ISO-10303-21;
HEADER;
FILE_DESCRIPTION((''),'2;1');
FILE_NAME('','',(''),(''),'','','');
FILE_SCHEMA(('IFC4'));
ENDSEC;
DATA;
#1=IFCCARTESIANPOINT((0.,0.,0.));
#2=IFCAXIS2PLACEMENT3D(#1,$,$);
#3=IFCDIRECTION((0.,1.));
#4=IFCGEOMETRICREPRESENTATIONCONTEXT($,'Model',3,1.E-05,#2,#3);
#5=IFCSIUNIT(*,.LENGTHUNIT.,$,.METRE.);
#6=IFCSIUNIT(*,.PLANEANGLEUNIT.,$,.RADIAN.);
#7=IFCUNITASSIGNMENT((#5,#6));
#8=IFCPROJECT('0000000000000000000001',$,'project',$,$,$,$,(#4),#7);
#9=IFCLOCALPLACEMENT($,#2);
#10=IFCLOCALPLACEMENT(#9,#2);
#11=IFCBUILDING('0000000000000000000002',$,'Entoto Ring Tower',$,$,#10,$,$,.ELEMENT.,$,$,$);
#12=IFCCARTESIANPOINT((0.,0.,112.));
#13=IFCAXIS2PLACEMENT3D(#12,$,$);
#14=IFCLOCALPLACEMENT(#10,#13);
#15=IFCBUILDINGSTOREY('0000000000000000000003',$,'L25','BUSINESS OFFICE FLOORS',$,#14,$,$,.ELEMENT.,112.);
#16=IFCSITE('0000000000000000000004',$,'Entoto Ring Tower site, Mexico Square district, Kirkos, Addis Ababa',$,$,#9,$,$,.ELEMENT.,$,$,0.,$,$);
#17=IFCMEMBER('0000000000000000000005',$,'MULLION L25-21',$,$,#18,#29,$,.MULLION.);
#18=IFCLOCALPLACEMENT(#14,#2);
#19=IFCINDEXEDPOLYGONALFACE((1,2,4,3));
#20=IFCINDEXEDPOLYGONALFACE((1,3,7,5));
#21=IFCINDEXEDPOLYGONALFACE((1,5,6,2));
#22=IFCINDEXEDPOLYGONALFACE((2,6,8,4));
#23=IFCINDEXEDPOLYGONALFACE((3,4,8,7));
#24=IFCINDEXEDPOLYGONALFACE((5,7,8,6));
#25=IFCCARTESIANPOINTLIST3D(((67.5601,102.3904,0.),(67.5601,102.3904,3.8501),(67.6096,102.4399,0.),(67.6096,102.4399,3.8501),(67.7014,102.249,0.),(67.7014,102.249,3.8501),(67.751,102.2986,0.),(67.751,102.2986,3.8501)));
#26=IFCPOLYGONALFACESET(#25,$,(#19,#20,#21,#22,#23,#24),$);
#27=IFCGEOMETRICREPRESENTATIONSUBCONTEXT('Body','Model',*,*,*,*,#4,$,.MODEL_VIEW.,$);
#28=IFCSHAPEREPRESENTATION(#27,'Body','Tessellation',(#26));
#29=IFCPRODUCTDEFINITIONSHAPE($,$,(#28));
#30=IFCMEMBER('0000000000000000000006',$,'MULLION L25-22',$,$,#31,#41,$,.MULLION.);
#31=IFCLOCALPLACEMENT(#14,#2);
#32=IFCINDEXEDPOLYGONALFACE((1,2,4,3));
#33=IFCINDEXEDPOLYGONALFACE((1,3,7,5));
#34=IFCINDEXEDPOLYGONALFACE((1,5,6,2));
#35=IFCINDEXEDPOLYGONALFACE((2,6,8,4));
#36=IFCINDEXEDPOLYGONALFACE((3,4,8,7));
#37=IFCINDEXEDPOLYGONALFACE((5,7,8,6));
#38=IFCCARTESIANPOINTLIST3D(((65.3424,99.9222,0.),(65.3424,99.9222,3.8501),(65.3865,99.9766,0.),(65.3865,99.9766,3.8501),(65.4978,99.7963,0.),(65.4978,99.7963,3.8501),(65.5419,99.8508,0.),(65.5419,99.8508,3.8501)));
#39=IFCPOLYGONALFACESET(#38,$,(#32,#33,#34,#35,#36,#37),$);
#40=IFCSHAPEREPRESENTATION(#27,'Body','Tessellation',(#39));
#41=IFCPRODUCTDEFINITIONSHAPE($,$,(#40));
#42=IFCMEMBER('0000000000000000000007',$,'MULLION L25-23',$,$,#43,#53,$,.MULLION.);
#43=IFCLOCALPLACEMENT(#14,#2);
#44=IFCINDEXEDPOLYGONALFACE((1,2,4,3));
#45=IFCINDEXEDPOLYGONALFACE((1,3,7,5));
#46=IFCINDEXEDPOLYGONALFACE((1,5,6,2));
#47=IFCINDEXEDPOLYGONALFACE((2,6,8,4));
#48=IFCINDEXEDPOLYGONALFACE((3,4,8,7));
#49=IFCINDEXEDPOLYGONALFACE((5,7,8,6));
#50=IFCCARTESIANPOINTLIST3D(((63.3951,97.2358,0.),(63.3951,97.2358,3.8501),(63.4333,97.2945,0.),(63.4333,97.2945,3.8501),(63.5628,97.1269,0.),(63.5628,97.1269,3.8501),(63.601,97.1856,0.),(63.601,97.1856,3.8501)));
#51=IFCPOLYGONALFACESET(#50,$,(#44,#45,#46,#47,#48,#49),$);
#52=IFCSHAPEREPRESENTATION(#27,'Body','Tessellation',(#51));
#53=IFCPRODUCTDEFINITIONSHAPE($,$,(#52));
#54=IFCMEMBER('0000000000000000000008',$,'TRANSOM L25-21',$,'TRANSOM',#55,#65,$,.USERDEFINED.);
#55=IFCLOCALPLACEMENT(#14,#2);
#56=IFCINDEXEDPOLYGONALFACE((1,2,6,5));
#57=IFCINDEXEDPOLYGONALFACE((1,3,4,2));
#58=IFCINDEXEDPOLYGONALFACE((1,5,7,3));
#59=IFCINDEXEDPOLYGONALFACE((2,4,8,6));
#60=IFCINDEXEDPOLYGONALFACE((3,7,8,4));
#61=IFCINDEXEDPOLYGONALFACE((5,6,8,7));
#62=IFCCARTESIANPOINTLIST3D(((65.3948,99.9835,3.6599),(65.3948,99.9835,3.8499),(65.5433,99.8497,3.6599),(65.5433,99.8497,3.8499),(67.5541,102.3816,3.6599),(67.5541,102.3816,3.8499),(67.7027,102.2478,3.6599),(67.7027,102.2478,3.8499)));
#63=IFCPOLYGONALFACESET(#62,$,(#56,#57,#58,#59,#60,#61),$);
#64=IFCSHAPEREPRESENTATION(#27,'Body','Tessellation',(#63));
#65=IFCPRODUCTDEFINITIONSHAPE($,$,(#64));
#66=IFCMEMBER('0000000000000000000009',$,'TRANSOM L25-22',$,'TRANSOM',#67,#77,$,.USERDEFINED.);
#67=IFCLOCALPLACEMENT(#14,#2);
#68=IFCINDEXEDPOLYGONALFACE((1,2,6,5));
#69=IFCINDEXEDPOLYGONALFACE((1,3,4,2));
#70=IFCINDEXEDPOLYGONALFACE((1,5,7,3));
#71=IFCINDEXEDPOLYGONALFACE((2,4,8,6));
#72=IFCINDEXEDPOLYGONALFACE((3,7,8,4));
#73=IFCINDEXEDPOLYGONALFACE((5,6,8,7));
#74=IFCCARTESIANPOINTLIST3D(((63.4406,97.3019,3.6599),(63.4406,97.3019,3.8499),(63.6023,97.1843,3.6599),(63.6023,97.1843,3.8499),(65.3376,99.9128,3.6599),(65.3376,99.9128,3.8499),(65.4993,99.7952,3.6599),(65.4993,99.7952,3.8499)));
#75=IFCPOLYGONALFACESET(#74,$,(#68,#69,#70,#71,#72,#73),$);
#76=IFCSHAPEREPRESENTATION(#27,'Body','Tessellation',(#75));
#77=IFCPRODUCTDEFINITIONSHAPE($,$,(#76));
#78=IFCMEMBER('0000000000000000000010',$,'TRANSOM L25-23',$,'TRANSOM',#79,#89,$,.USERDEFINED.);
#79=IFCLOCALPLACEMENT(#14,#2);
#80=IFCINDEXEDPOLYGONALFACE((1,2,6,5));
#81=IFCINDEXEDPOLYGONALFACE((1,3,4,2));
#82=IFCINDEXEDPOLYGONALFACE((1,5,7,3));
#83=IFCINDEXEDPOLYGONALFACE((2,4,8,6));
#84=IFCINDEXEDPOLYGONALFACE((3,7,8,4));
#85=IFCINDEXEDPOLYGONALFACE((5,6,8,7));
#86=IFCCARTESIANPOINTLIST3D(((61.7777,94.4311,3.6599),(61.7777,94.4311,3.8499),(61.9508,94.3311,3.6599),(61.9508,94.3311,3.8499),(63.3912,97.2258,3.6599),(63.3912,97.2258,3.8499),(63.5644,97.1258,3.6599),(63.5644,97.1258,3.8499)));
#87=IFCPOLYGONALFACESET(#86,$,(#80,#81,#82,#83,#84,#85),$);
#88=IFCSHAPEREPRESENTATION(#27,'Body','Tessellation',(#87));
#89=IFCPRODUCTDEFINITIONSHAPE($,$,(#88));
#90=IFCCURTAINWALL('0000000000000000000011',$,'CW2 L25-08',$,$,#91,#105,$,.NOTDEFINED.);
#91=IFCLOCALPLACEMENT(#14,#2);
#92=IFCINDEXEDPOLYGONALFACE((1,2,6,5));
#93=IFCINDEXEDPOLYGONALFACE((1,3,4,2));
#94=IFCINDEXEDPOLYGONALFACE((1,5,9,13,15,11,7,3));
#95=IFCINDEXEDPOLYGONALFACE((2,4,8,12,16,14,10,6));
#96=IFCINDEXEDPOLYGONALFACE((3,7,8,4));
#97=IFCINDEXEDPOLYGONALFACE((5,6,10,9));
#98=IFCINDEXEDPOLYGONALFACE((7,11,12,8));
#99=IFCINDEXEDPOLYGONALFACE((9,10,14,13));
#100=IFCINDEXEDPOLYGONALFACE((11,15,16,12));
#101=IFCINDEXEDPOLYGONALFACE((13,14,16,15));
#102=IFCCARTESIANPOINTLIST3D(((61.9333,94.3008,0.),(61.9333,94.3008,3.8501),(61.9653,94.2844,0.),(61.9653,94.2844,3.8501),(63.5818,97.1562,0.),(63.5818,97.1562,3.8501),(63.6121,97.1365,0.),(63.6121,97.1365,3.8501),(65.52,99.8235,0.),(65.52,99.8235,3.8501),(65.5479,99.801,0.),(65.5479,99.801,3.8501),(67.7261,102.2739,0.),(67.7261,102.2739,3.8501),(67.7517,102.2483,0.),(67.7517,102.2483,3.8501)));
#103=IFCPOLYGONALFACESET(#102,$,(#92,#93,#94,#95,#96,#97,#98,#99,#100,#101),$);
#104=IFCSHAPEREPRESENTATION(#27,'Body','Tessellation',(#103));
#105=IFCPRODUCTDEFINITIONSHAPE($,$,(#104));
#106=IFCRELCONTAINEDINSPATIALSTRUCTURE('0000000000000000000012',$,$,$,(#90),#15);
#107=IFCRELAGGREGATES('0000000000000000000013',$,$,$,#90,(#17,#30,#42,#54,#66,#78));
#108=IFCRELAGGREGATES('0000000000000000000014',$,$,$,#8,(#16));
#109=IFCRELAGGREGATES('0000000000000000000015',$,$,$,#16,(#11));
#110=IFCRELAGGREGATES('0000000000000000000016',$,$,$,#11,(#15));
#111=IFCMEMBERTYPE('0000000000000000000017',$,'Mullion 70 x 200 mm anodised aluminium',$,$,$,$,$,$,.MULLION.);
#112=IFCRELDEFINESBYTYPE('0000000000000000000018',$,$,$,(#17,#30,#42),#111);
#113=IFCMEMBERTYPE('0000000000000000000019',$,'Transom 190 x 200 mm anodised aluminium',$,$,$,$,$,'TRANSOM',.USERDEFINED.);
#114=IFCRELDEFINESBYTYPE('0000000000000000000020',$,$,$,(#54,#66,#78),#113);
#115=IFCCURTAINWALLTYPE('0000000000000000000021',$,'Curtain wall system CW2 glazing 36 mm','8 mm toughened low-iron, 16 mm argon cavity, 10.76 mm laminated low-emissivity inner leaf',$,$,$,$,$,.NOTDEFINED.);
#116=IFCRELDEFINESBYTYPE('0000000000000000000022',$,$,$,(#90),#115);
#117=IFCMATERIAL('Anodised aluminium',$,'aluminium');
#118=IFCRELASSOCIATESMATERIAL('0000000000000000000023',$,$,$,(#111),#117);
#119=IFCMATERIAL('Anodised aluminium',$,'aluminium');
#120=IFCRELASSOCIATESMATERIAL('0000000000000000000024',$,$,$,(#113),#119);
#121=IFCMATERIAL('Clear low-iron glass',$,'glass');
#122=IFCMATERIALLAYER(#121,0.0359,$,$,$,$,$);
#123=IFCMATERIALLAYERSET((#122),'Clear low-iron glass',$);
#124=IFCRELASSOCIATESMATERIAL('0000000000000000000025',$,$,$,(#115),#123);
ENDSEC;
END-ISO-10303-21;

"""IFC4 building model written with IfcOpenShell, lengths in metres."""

from ifc_helpers import new_model, si_unit, direction, frame, origin, origin_2d, place, context, subcontext, project, spatial, polyline, rectangle, outline, extrude, material, layer, layer_set, material_profile, profile_set, type_object, element, aggregate, save


model = new_model("IFC4")

# Units and contexts
model_context = context("Model", 3, precision=1e-05, world=origin(), true_north=direction((0.0, 1.0)))
body_context = subcontext(model_context, "Body", "Model", "MODEL_VIEW")
ifc_project = project(units=[si_unit("LENGTHUNIT", "METRE"), si_unit("PLANEANGLEUNIT", "RADIAN")], contexts=[model_context])

# Members
ifc_material_1 = material(Name="Anodised aluminium", Category="aluminium")
ifc_material_profile_1 = material_profile(ifc_material_1, rectangle(XDim=0.0701, YDim=0.2, at=origin_2d()), Name="Mullion 70 x 200 mm anodised aluminium")
ifc_profile_set_1 = profile_set([ifc_material_profile_1], Name="Anodised aluminium")
member_type_1 = type_object("IfcMemberType", Name="Mullion 70 x 200 mm anodised aluminium", PredefinedType="MULLION", material=ifc_profile_set_1)
site_placement = place(None, origin())
building_placement = place(site_placement, origin())
storey_placement = place(building_placement, frame((0.0, 0.0, 112.0)))
member_1_placement = place(storey_placement, frame((67.6555, 102.3445, 0.0), z_axis=(0.0, 0.0, 1.0), x_axis=(-0.707107, -0.707107, 0.0)))
member_1 = element("IfcMember", 1, at=member_1_placement, type_object=member_type_1, Name="MULLION L25-21", PredefinedType="MULLION", context=body_context, shape_type="SweptSolid", body=[
    extrude(rectangle(XDim=0.0701, YDim=0.2, at=origin_2d()), origin(), (0.0, 0.0, 1.0), 3.8501),
])
member_2_placement = place(storey_placement, frame((65.4421, 99.8865, 0.0), z_axis=(0.0, 0.0, 1.0), x_axis=(-0.62932, -0.777146, 0.0)))
member_2 = element("IfcMember", 2, at=member_2_placement, type_object=member_type_1, Name="MULLION L25-22", PredefinedType="MULLION", context=body_context, shape_type="SweptSolid", body=[
    extrude(rectangle(XDim=0.0701, YDim=0.2, at=origin_2d()), origin(), (0.0, 0.0, 1.0), 3.8501),
])
member_3_placement = place(storey_placement, frame((63.498, 97.2107, 0.0), z_axis=(0.0, 0.0, 1.0), x_axis=(-0.544639, -0.838671, 0.0)))
member_3 = element("IfcMember", 3, at=member_3_placement, type_object=member_type_1, Name="MULLION L25-23", PredefinedType="MULLION", context=body_context, shape_type="SweptSolid", body=[
    extrude(rectangle(XDim=0.0701, YDim=0.2, at=origin_2d()), origin(), (0.0, 0.0, 1.0), 3.8501),
])
ifc_material_2 = material(Name="Anodised aluminium", Category="aluminium")
ifc_material_profile_2 = material_profile(ifc_material_2, rectangle(XDim=0.2, YDim=0.1899, at=origin_2d()), Name="Transom 190 x 200 mm anodised aluminium")
ifc_profile_set_2 = profile_set([ifc_material_profile_2], Name="Anodised aluminium")
member_type_2 = type_object("IfcMemberType", Name="Transom 190 x 200 mm anodised aluminium", ElementType="TRANSOM", PredefinedType="USERDEFINED", material=ifc_profile_set_2)
member_4_placement = place(storey_placement, frame((67.6284, 102.3147, 3.7549), z_axis=(-0.669144, -0.743132, 0.0), x_axis=(0.743132, -0.669144, 0.0)))
member_4 = element("IfcMember", 4, at=member_4_placement, type_object=member_type_2, Name="TRANSOM L25-21", ObjectType="TRANSOM", PredefinedType="USERDEFINED", context=body_context, shape_type="SweptSolid", body=[
    extrude(rectangle(XDim=0.2, YDim=0.1899, at=origin_2d()), origin(), (0.0, 0.0, 1.0), 3.2271),
])
member_5_placement = place(storey_placement, frame((65.4185, 99.854, 3.7549), z_axis=(-0.587803, -0.809004, 0.0), x_axis=(0.809004, -0.587803, 0.0)))
member_5 = element("IfcMember", 5, at=member_5_placement, type_object=member_type_2, Name="TRANSOM L25-22", ObjectType="TRANSOM", PredefinedType="USERDEFINED", context=body_context, shape_type="SweptSolid", body=[
    extrude(rectangle(XDim=0.2, YDim=0.1899, at=origin_2d()), origin(), (0.0, 0.0, 1.0), 3.2273),
])
member_6_placement = place(storey_placement, frame((63.4778, 97.1758, 3.7549), z_axis=(-0.500004, -0.866023, 0.0), x_axis=(0.866023, -0.500004, 0.0)))
member_6 = element("IfcMember", 6, at=member_6_placement, type_object=member_type_2, Name="TRANSOM L25-23", ObjectType="TRANSOM", PredefinedType="USERDEFINED", context=body_context, shape_type="SweptSolid", body=[
    extrude(rectangle(XDim=0.2, YDim=0.1899, at=origin_2d()), origin(), (0.0, 0.0, 1.0), 3.2271),
])

# Site, building, storey
site = spatial("IfcSite", under=ifc_project, at=site_placement, Name="Entoto Ring Tower site, Mexico Square district, Kirkos, Addis Ababa", CompositionType="ELEMENT", RefElevation=0.0)
building = spatial("IfcBuilding", under=site, at=building_placement, Name="Entoto Ring Tower", CompositionType="ELEMENT")
storey = spatial("IfcBuildingStorey", under=building, at=storey_placement, Name="L25", Description="BUSINESS OFFICE FLOORS", CompositionType="ELEMENT", Elevation=112.0)

# Curtain wall
ifc_material_3 = material(Name="Clear low-iron glass", Category="glass")
ifc_layer = layer(ifc_material_3, 0.0359)
ifc_layer_set = layer_set([ifc_layer], Name="Clear low-iron glass")
curtain_wall_type = type_object("IfcCurtainWallType", Name="Curtain wall system CW2 glazing 36 mm", Description="8 mm toughened low-iron, 16 mm argon cavity, 10.76 mm laminated low-emissivity inner leaf", PredefinedType="NOTDEFINED", material=ifc_layer_set)
curtain_wall_1_placement = place(storey_placement, origin())
curtain_wall_1 = element("IfcCurtainWall", 7, at=curtain_wall_1_placement, inside=storey, type_object=curtain_wall_type, Name="CW2 L25-08", PredefinedType="NOTDEFINED", context=body_context, shape_type="SweptSolid", body=[
    extrude(outline(polyline([(67.7261, 102.2739), (65.52, 99.8235), (63.5818, 97.1562), (61.9333, 94.3008), (61.9653, 94.2844), (63.6121, 97.1365), (65.5479, 99.801), (67.7517, 102.2483), (67.7261, 102.2739)])), origin(), (0.0, 0.0, 1.0), 3.8501),
])
aggregate(curtain_wall_1, [member_1, member_2, member_3, member_4, member_5, member_6])

save(model, "model.ifc")
